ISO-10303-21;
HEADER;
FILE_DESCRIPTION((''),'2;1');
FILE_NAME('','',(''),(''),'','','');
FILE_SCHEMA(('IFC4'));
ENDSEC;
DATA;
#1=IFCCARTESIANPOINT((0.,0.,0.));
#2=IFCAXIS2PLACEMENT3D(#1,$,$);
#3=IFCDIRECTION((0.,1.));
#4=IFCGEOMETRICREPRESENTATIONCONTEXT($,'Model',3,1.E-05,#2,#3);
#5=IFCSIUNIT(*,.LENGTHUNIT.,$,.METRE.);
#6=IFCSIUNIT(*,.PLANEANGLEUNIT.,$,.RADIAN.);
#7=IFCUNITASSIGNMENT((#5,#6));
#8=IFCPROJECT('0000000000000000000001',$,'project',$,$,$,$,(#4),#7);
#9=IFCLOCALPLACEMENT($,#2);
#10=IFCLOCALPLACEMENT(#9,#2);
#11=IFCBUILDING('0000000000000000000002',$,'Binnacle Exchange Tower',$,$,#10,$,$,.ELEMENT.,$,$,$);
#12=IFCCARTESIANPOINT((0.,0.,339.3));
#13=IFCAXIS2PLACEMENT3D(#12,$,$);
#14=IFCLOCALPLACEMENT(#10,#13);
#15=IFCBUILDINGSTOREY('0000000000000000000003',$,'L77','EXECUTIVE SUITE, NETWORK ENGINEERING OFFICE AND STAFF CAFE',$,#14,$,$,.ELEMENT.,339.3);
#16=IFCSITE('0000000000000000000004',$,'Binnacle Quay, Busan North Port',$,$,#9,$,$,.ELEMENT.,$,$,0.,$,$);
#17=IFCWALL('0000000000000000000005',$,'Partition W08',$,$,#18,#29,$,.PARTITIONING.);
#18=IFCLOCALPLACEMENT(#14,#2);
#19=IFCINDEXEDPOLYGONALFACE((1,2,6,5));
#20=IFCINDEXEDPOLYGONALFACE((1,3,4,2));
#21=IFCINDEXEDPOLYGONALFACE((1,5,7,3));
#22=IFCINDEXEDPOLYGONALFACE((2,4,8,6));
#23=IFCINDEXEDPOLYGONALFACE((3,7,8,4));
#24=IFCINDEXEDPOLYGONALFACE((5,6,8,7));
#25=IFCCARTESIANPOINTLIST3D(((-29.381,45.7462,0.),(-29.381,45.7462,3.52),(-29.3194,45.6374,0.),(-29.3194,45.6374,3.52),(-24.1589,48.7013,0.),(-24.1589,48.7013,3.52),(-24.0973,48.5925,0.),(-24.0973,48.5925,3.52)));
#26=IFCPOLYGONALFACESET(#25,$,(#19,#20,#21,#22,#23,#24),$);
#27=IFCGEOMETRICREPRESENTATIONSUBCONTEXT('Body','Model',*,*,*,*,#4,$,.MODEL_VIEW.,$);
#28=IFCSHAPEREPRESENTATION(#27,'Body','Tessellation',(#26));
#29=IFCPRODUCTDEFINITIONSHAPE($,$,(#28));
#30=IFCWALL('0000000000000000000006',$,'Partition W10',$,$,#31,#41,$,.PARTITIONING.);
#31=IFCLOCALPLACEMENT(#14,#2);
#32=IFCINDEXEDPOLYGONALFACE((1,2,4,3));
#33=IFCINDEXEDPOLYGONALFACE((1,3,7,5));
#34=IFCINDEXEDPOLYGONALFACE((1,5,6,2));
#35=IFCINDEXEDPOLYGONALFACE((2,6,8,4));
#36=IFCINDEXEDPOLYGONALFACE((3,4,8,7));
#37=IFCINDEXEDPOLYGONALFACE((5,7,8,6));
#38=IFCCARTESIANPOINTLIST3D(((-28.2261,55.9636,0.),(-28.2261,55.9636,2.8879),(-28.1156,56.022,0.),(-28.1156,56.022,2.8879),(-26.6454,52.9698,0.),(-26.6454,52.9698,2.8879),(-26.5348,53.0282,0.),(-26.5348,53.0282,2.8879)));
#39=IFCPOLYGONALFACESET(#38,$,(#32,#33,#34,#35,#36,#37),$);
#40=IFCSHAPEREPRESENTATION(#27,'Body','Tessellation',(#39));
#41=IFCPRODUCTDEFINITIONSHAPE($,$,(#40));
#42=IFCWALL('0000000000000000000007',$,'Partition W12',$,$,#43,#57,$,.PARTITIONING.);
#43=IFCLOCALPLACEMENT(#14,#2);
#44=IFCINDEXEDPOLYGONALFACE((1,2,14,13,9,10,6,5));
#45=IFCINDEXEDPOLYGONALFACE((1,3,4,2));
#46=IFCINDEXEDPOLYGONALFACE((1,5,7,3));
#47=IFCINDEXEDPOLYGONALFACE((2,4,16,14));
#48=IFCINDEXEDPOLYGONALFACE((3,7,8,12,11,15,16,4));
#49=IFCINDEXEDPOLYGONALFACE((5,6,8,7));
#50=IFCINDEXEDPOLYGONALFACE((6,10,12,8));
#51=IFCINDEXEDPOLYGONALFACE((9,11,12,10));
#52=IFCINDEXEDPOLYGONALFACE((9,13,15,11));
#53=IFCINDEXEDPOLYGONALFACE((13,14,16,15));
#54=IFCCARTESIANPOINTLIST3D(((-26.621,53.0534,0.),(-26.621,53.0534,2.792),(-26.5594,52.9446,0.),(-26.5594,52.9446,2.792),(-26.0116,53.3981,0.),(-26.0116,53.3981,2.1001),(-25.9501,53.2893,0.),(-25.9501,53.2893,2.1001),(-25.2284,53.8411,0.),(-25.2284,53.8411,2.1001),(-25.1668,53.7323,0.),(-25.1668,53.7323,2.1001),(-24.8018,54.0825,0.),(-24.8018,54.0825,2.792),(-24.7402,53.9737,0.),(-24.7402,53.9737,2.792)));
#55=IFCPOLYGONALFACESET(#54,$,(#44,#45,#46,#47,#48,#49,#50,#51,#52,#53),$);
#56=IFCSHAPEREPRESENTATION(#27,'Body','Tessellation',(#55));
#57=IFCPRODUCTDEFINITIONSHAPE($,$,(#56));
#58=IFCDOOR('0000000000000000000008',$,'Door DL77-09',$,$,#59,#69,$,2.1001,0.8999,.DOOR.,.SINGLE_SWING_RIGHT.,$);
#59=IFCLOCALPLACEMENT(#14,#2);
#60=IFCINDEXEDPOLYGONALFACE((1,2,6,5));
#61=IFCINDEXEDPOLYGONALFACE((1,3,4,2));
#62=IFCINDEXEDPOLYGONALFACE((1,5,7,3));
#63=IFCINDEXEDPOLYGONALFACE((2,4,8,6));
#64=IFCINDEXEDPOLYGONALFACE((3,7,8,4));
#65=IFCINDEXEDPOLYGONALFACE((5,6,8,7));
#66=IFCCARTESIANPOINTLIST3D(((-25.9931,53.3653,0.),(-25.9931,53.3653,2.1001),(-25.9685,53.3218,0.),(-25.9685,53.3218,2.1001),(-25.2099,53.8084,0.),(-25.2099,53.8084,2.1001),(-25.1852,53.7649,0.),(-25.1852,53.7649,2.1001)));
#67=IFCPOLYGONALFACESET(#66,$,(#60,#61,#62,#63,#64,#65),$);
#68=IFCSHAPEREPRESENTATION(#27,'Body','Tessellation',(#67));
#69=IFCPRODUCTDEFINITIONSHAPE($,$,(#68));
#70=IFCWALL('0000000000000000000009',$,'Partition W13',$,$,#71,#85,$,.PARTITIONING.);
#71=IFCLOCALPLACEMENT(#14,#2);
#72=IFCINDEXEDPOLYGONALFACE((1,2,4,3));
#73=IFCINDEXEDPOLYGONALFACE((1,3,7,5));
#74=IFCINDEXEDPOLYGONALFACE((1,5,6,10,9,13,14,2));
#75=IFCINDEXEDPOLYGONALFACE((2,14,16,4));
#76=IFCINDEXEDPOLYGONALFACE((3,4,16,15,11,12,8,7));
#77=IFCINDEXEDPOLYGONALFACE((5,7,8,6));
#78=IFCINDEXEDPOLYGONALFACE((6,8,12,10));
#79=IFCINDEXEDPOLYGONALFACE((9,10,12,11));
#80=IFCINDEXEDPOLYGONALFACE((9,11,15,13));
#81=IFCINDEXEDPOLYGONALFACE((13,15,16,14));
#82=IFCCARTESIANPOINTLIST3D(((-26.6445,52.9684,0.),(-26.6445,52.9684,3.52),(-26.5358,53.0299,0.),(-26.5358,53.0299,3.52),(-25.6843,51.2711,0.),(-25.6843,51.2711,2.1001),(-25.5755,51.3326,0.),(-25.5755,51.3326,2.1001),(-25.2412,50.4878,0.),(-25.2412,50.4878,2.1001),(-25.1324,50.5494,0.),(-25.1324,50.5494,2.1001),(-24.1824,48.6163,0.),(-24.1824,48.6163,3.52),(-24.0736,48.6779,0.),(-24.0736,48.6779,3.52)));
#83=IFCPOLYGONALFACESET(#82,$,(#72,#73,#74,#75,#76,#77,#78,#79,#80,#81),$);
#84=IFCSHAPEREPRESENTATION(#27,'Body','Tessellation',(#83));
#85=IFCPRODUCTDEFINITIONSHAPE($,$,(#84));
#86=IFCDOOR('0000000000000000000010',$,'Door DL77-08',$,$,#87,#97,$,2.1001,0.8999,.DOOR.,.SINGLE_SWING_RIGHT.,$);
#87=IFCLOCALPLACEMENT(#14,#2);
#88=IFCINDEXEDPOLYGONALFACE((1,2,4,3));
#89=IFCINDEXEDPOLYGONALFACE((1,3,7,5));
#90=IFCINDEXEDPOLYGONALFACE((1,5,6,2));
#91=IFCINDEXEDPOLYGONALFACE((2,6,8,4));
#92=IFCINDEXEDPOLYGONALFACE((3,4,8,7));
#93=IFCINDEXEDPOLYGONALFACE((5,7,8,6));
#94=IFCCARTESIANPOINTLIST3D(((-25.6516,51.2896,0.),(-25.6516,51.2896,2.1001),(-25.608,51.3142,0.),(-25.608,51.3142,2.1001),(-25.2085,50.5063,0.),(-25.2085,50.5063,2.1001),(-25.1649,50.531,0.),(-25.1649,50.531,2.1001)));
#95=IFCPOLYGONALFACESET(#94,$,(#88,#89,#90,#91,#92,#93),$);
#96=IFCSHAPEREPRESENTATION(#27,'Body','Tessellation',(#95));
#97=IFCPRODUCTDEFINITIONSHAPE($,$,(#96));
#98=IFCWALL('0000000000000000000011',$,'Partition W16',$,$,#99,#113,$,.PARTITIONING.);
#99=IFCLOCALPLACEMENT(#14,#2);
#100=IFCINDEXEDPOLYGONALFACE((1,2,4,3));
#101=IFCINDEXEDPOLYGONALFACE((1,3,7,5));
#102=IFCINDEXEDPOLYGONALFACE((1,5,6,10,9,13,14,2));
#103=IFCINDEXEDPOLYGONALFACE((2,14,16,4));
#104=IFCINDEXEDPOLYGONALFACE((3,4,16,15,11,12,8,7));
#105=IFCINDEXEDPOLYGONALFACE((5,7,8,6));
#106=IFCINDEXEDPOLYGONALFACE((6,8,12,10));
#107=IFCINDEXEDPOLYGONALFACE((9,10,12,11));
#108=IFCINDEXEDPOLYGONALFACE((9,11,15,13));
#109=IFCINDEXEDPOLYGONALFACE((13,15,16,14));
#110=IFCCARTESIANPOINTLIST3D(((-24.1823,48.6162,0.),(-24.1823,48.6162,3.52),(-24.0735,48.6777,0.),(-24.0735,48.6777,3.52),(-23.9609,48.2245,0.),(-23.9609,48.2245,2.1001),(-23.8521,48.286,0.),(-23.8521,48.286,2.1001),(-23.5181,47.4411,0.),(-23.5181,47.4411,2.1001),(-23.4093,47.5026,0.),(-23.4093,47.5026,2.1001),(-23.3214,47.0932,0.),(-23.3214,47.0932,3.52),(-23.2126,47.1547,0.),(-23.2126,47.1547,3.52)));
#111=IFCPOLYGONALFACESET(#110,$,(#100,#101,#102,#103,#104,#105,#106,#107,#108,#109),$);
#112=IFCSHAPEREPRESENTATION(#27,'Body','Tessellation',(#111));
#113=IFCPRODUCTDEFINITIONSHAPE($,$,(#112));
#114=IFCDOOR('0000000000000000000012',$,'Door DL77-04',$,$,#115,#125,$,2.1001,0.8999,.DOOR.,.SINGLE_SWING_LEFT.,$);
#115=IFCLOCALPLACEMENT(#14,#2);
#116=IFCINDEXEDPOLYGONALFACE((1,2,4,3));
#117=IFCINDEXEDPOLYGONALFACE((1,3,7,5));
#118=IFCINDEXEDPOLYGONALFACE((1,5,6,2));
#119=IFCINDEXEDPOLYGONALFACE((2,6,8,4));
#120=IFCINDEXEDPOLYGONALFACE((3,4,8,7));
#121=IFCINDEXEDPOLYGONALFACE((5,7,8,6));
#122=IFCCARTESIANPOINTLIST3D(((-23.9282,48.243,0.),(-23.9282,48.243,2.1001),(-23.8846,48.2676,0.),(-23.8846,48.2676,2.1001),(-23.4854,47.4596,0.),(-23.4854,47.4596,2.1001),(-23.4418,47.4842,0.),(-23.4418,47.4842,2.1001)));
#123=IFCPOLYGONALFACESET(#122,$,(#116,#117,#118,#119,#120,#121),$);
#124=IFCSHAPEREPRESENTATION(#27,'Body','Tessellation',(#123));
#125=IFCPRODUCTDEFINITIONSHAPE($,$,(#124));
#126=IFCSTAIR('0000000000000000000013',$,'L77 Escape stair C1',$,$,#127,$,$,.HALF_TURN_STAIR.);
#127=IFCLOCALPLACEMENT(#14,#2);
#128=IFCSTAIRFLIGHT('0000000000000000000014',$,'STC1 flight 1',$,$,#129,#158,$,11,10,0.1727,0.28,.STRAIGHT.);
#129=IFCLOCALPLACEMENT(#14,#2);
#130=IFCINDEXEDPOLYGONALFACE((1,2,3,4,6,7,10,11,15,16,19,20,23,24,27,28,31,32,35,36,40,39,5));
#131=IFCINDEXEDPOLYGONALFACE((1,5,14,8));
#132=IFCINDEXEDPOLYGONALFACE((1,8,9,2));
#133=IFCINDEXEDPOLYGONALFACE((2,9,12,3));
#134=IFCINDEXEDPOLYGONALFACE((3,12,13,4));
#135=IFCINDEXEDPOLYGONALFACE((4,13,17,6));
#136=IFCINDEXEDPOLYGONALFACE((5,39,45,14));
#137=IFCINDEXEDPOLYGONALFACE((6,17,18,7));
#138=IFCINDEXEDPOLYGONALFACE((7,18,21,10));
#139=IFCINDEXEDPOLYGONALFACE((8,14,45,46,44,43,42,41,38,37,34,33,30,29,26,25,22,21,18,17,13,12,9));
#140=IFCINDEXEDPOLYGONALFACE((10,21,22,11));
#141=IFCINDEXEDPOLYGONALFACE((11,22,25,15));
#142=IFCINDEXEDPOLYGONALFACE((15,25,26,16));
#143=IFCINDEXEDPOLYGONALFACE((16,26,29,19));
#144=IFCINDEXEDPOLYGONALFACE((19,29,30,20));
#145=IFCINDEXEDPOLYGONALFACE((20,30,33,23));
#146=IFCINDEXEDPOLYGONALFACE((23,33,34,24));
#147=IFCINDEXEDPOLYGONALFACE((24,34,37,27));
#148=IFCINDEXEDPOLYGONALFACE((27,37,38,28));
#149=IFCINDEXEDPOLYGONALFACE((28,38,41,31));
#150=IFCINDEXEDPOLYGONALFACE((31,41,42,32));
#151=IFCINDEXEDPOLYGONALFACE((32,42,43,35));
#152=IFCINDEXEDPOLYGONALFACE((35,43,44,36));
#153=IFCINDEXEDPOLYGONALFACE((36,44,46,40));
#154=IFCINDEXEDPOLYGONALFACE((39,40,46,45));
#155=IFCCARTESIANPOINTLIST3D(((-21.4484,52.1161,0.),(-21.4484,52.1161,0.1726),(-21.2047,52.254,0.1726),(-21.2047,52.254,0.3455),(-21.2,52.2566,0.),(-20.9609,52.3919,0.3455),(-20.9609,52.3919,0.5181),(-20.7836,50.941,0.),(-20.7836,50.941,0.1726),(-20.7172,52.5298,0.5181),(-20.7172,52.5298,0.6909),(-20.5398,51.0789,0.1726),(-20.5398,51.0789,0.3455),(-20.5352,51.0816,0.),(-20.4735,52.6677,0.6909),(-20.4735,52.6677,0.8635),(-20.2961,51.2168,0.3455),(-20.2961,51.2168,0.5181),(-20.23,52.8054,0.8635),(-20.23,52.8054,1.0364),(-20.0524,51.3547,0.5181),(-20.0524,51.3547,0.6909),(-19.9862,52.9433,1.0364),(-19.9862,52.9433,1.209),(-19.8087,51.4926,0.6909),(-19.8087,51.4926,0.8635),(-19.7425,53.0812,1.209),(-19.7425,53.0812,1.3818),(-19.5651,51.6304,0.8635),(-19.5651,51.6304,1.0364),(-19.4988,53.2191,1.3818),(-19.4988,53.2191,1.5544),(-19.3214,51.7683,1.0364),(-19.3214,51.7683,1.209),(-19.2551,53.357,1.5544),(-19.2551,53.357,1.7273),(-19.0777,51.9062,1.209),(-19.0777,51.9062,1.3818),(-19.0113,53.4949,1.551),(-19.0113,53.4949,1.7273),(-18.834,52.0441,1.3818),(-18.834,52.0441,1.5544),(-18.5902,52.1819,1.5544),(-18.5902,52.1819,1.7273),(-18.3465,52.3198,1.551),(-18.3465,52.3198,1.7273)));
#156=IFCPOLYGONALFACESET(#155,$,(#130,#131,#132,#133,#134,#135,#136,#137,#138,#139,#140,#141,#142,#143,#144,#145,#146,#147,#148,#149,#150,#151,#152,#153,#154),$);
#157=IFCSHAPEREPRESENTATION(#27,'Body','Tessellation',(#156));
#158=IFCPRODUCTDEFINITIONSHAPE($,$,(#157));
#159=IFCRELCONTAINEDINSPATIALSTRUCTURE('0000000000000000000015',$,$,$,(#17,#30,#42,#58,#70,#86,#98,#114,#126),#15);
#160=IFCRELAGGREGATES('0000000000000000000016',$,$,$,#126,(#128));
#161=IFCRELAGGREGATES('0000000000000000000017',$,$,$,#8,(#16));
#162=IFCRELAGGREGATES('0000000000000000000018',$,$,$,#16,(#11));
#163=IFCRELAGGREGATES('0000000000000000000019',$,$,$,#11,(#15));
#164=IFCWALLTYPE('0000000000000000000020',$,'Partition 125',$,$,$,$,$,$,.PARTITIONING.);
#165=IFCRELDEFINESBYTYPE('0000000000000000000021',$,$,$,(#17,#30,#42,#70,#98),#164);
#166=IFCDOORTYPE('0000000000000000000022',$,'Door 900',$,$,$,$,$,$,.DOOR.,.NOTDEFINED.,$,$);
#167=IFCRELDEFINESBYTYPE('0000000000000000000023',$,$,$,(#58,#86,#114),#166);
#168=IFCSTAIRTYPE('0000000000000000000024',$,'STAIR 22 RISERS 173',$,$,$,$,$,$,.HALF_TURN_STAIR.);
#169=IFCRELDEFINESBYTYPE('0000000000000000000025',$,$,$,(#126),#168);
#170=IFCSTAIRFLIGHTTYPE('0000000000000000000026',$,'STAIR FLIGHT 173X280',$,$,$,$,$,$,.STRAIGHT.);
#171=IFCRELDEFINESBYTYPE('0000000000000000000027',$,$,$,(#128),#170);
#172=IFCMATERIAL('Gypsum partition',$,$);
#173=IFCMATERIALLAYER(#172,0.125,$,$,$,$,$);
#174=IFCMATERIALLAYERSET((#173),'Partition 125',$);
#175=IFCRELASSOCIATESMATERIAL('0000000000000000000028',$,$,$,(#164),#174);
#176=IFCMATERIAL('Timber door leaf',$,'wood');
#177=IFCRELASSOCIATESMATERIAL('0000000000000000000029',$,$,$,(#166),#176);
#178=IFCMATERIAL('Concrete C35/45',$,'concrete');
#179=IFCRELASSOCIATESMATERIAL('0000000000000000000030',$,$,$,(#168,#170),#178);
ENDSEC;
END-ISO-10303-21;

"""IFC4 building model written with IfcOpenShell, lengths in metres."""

from ifc_helpers import new_model, si_unit, direction, frame, frame_2d, origin, place, context, subcontext, project, spatial, polyline, rectangle, outline, extrude, material, layer, layer_set, type_object, element, fill, aggregate, save


model = new_model("IFC4")

# Units and contexts
model_context = context("Model", 3, precision=1e-05, world=origin(), true_north=direction((0.0, 1.0)))
body_context = subcontext(model_context, "Body", "Model", "MODEL_VIEW")
ifc_project = project(units=[si_unit("LENGTHUNIT", "METRE"), si_unit("PLANEANGLEUNIT", "RADIAN")], contexts=[model_context])

# Site, building, storey
site_placement = place(None, origin())
site = spatial("IfcSite", under=ifc_project, at=site_placement, Name="Binnacle Quay, Busan North Port", CompositionType="ELEMENT", RefElevation=0.0)
building_placement = place(site_placement, origin())
building = spatial("IfcBuilding", under=site, at=building_placement, Name="Binnacle Exchange Tower", CompositionType="ELEMENT")
storey_placement = place(building_placement, frame((0.0, 0.0, 339.3)))
storey = spatial("IfcBuildingStorey", under=building, at=storey_placement, Name="L77", Description="EXECUTIVE SUITE, NETWORK ENGINEERING OFFICE AND STAFF CAFE", CompositionType="ELEMENT", Elevation=339.3)

# Walls
ifc_material_1 = material(Name="Gypsum partition")
ifc_layer_1 = layer(ifc_material_1, 0.125)
ifc_layer_set_1 = layer_set([ifc_layer_1], Name="Partition 125")
wall_type_1 = type_object("IfcWallType", Name="Partition 125", PredefinedType="PARTITIONING", material=ifc_layer_set_1)
wall_1_placement = place(storey_placement, frame((-29.3501, 45.6919, 0.0), z_axis=(0.0, 0.0, 1.0), x_axis=(0.870319, 0.492489, 0.0)))
element("IfcWall", 1, at=wall_1_placement, inside=storey, type_object=wall_type_1, Name="Partition W08", PredefinedType="PARTITIONING", context=body_context, shape_type="SweptSolid", body=[
    extrude(rectangle(XDim=6.0002, YDim=0.125, at=frame_2d((3.0, 0.0))), origin(), (0.0, 0.0, 1.0), 3.52),
])
wall_2_placement = place(storey_placement, frame((-28.1709, 55.9929, 0.0), z_axis=(0.0, 0.0, 1.0), x_axis=(0.46692, -0.8843, 0.0)))
element("IfcWall", 2, at=wall_2_placement, inside=storey, type_object=wall_type_1, Name="Partition W10", PredefinedType="PARTITIONING", context=body_context, shape_type="SweptSolid", body=[
    extrude(rectangle(XDim=3.3855, YDim=0.125, at=frame_2d((1.6929, 0.0))), origin(), (0.0, 0.0, 1.0), 2.8879),
])

# Walls, openings, doors
wall_3_placement = place(storey_placement, frame((-26.5901, 52.999, 0.0), z_axis=(0.0, 0.0, 1.0), x_axis=(0.870384, 0.492373, 0.0)))
wall_3 = element("IfcWall", 3, at=wall_3_placement, inside=storey, type_object=wall_type_1, Name="Partition W12", PredefinedType="PARTITIONING", context=body_context, shape_type="SweptSolid", body=[
    extrude(rectangle(XDim=2.0901, YDim=0.125, at=frame_2d((1.0449, 0.0))), origin(), (0.0, 0.0, 1.0), 2.792),
])
opening_1_placement = place(wall_3_placement, frame((0.7, 0.0, 0.0)))
opening_1 = element("IfcOpeningElement", 4, at=opening_1_placement, cuts=wall_3, PredefinedType="OPENING", context=body_context, shape_type="SweptSolid", body=[
    extrude(rectangle(XDim=0.8999, YDim=2.1001, at=frame_2d((0.45, 1.05))), frame((0.0, 0.0725, 0.0), z_axis=(0.0, -1.0, 0.0), x_axis=(1.0, 0.0, 0.0)), (0.0, 0.0, 1.0), 0.145),
])
ifc_material_2 = material(Name="Timber door leaf", Category="wood")
door_type_1 = type_object("IfcDoorType", Name="Door 900", OperationType="NOTDEFINED", PredefinedType="DOOR", material=ifc_material_2)
door_1_placement = place(opening_1_placement, origin())
door_1 = element("IfcDoor", 5, at=door_1_placement, inside=storey, type_object=door_type_1, Name="Door DL77-09", OperationType="SINGLE_SWING_RIGHT", OverallHeight=2.1001, OverallWidth=0.8999, PredefinedType="DOOR", context=body_context, shape_type="SweptSolid", body=[
    extrude(rectangle(XDim=0.8999, YDim=2.1001, at=frame_2d((0.45, 1.05))), frame((0.0, 0.0249, 0.0), z_axis=(0.0, -1.0, 0.0), x_axis=(1.0, 0.0, 0.0)), (0.0, 0.0, 1.0), 0.05),
])
fill(opening_1, door_1)
wall_4_placement = place(storey_placement, frame((-26.5901, 52.999, 0.0), z_axis=(0.0, 0.0, 1.0), x_axis=(0.492406, -0.870365, 0.0)))
wall_4 = element("IfcWall", 6, at=wall_4_placement, inside=storey, type_object=wall_type_1, Name="Partition W13", PredefinedType="PARTITIONING", context=body_context, shape_type="SweptSolid", body=[
    extrude(rectangle(XDim=5.0002, YDim=0.125, at=frame_2d((2.5, 0.0))), origin(), (0.0, 0.0, 1.0), 3.52),
])
opening_2_placement = place(wall_4_placement, frame((1.95, 0.0, 0.0)))
opening_2 = element("IfcOpeningElement", 7, at=opening_2_placement, cuts=wall_4, PredefinedType="OPENING", context=body_context, shape_type="SweptSolid", body=[
    extrude(rectangle(XDim=0.8999, YDim=2.1001, at=frame_2d((0.45, 1.05))), frame((0.0, 0.0725, 0.0), z_axis=(0.0, -1.0, 0.0), x_axis=(1.0, 0.0, 0.0)), (0.0, 0.0, 1.0), 0.145),
])
door_2_placement = place(opening_2_placement, frame((0.8999, 0.0, 0.0), z_axis=(0.0, 0.0, 1.0), x_axis=(-1.0, 0.0, 0.0)))
door_2 = element("IfcDoor", 8, at=door_2_placement, inside=storey, type_object=door_type_1, Name="Door DL77-08", OperationType="SINGLE_SWING_RIGHT", OverallHeight=2.1001, OverallWidth=0.8999, PredefinedType="DOOR", context=body_context, shape_type="SweptSolid", body=[
    extrude(rectangle(XDim=0.8999, YDim=2.1001, at=frame_2d((0.45, 1.05))), frame((0.0, 0.0249, 0.0), z_axis=(0.0, -1.0, 0.0), x_axis=(1.0, 0.0, 0.0)), (0.0, 0.0, 1.0), 0.05),
])
fill(opening_2, door_2)
wall_5_placement = place(storey_placement, frame((-24.1279, 48.647, 0.0), z_axis=(0.0, 0.0, 1.0), x_axis=(0.492076, -0.870552, 0.0)))
wall_5 = element("IfcWall", 9, at=wall_5_placement, inside=storey, type_object=wall_type_1, Name="Partition W16", PredefinedType="PARTITIONING", context=body_context, shape_type="SweptSolid", body=[
    extrude(rectangle(XDim=1.7495, YDim=0.125, at=frame_2d((0.8748, 0.0))), origin(), (0.0, 0.0, 1.0), 3.52),
])
opening_3_placement = place(wall_5_placement, frame((0.45, 0.0, 0.0)))
opening_3 = element("IfcOpeningElement", 10, at=opening_3_placement, cuts=wall_5, PredefinedType="OPENING", context=body_context, shape_type="SweptSolid", body=[
    extrude(rectangle(XDim=0.8999, YDim=2.1001, at=frame_2d((0.45, 1.05))), frame((0.0, 0.0725, 0.0), z_axis=(0.0, -1.0, 0.0), x_axis=(1.0, 0.0, 0.0)), (0.0, 0.0, 1.0), 0.145),
])
door_3_placement = place(opening_3_placement, frame((0.8999, 0.0, 0.0), z_axis=(0.0, 0.0, 1.0), x_axis=(-1.0, 0.0, 0.0)))
door_3 = element("IfcDoor", 11, at=door_3_placement, inside=storey, type_object=door_type_1, Name="Door DL77-04", OperationType="SINGLE_SWING_LEFT", OverallHeight=2.1001, OverallWidth=0.8999, PredefinedType="DOOR", context=body_context, shape_type="SweptSolid", body=[
    extrude(rectangle(XDim=0.8999, YDim=2.1001, at=frame_2d((0.45, 1.05))), frame((0.0, 0.0249, 0.0), z_axis=(0.0, -1.0, 0.0), x_axis=(1.0, 0.0, 0.0)), (0.0, 0.0, 1.0), 0.05),
])
fill(opening_3, door_3)

# Stair, stair flight
ifc_material_3 = material(Name="Concrete C35/45", Category="concrete")
stair_type = type_object("IfcStairType", Name="STAIR 22 RISERS 173", PredefinedType="HALF_TURN_STAIR", material=ifc_material_3)
stair_placement = place(storey_placement, origin())
stair = element("IfcStair", 12, at=stair_placement, inside=storey, type_object=stair_type, Name="L77 Escape stair C1", PredefinedType="HALF_TURN_STAIR")
stair_flight_type = type_object("IfcStairFlightType", Name="STAIR FLIGHT 173X280", PredefinedType="STRAIGHT", material=ifc_material_3)
stair_flight_1_placement = place(storey_placement, frame((-21.116, 51.5286, 0.0), z_axis=(0.0, 0.0, 1.0), x_axis=(0.870356, 0.492424, 0.0)))
stair_flight_1 = element("IfcStairFlight", 13, at=stair_flight_1_placement, type_object=stair_flight_type, Name="STC1 flight 1", NumberOfRisers=11, NumberOfTreads=10, PredefinedType="STRAIGHT", RiserHeight=0.1727, TreadLength=0.28, context=body_context, shape_type="SweptSolid", body=[
    extrude(outline(polyline([(0.0, 0.0), (0.0, 0.1726), (0.28, 0.1726), (0.28, 0.3455), (0.5601, 0.3455), (0.5601, 0.5181), (0.8401, 0.5181), (0.8401, 0.6909), (1.1201, 0.6909), (1.1201, 0.8635), (1.3999, 0.8635), (1.3999, 1.0364), (1.6799, 1.0364), (1.6799, 1.209), (1.96, 1.209), (1.96, 1.3818), (2.24, 1.3818), (2.24, 1.5544), (2.52, 1.5544), (2.52, 1.7273), (2.8, 1.7273), (2.8, 1.8999), (2.8, 1.551), (0.2854, 0.0), (0.0, 0.0)])), frame((0.0, 0.675, 0.0), z_axis=(0.0, -1.0, 0.0), x_axis=(1.0, 0.0, 0.0)), (0.0, 0.0, 1.0), 1.3501),
])
aggregate(stair, [stair_flight_1])

save(model, "model.ifc")
